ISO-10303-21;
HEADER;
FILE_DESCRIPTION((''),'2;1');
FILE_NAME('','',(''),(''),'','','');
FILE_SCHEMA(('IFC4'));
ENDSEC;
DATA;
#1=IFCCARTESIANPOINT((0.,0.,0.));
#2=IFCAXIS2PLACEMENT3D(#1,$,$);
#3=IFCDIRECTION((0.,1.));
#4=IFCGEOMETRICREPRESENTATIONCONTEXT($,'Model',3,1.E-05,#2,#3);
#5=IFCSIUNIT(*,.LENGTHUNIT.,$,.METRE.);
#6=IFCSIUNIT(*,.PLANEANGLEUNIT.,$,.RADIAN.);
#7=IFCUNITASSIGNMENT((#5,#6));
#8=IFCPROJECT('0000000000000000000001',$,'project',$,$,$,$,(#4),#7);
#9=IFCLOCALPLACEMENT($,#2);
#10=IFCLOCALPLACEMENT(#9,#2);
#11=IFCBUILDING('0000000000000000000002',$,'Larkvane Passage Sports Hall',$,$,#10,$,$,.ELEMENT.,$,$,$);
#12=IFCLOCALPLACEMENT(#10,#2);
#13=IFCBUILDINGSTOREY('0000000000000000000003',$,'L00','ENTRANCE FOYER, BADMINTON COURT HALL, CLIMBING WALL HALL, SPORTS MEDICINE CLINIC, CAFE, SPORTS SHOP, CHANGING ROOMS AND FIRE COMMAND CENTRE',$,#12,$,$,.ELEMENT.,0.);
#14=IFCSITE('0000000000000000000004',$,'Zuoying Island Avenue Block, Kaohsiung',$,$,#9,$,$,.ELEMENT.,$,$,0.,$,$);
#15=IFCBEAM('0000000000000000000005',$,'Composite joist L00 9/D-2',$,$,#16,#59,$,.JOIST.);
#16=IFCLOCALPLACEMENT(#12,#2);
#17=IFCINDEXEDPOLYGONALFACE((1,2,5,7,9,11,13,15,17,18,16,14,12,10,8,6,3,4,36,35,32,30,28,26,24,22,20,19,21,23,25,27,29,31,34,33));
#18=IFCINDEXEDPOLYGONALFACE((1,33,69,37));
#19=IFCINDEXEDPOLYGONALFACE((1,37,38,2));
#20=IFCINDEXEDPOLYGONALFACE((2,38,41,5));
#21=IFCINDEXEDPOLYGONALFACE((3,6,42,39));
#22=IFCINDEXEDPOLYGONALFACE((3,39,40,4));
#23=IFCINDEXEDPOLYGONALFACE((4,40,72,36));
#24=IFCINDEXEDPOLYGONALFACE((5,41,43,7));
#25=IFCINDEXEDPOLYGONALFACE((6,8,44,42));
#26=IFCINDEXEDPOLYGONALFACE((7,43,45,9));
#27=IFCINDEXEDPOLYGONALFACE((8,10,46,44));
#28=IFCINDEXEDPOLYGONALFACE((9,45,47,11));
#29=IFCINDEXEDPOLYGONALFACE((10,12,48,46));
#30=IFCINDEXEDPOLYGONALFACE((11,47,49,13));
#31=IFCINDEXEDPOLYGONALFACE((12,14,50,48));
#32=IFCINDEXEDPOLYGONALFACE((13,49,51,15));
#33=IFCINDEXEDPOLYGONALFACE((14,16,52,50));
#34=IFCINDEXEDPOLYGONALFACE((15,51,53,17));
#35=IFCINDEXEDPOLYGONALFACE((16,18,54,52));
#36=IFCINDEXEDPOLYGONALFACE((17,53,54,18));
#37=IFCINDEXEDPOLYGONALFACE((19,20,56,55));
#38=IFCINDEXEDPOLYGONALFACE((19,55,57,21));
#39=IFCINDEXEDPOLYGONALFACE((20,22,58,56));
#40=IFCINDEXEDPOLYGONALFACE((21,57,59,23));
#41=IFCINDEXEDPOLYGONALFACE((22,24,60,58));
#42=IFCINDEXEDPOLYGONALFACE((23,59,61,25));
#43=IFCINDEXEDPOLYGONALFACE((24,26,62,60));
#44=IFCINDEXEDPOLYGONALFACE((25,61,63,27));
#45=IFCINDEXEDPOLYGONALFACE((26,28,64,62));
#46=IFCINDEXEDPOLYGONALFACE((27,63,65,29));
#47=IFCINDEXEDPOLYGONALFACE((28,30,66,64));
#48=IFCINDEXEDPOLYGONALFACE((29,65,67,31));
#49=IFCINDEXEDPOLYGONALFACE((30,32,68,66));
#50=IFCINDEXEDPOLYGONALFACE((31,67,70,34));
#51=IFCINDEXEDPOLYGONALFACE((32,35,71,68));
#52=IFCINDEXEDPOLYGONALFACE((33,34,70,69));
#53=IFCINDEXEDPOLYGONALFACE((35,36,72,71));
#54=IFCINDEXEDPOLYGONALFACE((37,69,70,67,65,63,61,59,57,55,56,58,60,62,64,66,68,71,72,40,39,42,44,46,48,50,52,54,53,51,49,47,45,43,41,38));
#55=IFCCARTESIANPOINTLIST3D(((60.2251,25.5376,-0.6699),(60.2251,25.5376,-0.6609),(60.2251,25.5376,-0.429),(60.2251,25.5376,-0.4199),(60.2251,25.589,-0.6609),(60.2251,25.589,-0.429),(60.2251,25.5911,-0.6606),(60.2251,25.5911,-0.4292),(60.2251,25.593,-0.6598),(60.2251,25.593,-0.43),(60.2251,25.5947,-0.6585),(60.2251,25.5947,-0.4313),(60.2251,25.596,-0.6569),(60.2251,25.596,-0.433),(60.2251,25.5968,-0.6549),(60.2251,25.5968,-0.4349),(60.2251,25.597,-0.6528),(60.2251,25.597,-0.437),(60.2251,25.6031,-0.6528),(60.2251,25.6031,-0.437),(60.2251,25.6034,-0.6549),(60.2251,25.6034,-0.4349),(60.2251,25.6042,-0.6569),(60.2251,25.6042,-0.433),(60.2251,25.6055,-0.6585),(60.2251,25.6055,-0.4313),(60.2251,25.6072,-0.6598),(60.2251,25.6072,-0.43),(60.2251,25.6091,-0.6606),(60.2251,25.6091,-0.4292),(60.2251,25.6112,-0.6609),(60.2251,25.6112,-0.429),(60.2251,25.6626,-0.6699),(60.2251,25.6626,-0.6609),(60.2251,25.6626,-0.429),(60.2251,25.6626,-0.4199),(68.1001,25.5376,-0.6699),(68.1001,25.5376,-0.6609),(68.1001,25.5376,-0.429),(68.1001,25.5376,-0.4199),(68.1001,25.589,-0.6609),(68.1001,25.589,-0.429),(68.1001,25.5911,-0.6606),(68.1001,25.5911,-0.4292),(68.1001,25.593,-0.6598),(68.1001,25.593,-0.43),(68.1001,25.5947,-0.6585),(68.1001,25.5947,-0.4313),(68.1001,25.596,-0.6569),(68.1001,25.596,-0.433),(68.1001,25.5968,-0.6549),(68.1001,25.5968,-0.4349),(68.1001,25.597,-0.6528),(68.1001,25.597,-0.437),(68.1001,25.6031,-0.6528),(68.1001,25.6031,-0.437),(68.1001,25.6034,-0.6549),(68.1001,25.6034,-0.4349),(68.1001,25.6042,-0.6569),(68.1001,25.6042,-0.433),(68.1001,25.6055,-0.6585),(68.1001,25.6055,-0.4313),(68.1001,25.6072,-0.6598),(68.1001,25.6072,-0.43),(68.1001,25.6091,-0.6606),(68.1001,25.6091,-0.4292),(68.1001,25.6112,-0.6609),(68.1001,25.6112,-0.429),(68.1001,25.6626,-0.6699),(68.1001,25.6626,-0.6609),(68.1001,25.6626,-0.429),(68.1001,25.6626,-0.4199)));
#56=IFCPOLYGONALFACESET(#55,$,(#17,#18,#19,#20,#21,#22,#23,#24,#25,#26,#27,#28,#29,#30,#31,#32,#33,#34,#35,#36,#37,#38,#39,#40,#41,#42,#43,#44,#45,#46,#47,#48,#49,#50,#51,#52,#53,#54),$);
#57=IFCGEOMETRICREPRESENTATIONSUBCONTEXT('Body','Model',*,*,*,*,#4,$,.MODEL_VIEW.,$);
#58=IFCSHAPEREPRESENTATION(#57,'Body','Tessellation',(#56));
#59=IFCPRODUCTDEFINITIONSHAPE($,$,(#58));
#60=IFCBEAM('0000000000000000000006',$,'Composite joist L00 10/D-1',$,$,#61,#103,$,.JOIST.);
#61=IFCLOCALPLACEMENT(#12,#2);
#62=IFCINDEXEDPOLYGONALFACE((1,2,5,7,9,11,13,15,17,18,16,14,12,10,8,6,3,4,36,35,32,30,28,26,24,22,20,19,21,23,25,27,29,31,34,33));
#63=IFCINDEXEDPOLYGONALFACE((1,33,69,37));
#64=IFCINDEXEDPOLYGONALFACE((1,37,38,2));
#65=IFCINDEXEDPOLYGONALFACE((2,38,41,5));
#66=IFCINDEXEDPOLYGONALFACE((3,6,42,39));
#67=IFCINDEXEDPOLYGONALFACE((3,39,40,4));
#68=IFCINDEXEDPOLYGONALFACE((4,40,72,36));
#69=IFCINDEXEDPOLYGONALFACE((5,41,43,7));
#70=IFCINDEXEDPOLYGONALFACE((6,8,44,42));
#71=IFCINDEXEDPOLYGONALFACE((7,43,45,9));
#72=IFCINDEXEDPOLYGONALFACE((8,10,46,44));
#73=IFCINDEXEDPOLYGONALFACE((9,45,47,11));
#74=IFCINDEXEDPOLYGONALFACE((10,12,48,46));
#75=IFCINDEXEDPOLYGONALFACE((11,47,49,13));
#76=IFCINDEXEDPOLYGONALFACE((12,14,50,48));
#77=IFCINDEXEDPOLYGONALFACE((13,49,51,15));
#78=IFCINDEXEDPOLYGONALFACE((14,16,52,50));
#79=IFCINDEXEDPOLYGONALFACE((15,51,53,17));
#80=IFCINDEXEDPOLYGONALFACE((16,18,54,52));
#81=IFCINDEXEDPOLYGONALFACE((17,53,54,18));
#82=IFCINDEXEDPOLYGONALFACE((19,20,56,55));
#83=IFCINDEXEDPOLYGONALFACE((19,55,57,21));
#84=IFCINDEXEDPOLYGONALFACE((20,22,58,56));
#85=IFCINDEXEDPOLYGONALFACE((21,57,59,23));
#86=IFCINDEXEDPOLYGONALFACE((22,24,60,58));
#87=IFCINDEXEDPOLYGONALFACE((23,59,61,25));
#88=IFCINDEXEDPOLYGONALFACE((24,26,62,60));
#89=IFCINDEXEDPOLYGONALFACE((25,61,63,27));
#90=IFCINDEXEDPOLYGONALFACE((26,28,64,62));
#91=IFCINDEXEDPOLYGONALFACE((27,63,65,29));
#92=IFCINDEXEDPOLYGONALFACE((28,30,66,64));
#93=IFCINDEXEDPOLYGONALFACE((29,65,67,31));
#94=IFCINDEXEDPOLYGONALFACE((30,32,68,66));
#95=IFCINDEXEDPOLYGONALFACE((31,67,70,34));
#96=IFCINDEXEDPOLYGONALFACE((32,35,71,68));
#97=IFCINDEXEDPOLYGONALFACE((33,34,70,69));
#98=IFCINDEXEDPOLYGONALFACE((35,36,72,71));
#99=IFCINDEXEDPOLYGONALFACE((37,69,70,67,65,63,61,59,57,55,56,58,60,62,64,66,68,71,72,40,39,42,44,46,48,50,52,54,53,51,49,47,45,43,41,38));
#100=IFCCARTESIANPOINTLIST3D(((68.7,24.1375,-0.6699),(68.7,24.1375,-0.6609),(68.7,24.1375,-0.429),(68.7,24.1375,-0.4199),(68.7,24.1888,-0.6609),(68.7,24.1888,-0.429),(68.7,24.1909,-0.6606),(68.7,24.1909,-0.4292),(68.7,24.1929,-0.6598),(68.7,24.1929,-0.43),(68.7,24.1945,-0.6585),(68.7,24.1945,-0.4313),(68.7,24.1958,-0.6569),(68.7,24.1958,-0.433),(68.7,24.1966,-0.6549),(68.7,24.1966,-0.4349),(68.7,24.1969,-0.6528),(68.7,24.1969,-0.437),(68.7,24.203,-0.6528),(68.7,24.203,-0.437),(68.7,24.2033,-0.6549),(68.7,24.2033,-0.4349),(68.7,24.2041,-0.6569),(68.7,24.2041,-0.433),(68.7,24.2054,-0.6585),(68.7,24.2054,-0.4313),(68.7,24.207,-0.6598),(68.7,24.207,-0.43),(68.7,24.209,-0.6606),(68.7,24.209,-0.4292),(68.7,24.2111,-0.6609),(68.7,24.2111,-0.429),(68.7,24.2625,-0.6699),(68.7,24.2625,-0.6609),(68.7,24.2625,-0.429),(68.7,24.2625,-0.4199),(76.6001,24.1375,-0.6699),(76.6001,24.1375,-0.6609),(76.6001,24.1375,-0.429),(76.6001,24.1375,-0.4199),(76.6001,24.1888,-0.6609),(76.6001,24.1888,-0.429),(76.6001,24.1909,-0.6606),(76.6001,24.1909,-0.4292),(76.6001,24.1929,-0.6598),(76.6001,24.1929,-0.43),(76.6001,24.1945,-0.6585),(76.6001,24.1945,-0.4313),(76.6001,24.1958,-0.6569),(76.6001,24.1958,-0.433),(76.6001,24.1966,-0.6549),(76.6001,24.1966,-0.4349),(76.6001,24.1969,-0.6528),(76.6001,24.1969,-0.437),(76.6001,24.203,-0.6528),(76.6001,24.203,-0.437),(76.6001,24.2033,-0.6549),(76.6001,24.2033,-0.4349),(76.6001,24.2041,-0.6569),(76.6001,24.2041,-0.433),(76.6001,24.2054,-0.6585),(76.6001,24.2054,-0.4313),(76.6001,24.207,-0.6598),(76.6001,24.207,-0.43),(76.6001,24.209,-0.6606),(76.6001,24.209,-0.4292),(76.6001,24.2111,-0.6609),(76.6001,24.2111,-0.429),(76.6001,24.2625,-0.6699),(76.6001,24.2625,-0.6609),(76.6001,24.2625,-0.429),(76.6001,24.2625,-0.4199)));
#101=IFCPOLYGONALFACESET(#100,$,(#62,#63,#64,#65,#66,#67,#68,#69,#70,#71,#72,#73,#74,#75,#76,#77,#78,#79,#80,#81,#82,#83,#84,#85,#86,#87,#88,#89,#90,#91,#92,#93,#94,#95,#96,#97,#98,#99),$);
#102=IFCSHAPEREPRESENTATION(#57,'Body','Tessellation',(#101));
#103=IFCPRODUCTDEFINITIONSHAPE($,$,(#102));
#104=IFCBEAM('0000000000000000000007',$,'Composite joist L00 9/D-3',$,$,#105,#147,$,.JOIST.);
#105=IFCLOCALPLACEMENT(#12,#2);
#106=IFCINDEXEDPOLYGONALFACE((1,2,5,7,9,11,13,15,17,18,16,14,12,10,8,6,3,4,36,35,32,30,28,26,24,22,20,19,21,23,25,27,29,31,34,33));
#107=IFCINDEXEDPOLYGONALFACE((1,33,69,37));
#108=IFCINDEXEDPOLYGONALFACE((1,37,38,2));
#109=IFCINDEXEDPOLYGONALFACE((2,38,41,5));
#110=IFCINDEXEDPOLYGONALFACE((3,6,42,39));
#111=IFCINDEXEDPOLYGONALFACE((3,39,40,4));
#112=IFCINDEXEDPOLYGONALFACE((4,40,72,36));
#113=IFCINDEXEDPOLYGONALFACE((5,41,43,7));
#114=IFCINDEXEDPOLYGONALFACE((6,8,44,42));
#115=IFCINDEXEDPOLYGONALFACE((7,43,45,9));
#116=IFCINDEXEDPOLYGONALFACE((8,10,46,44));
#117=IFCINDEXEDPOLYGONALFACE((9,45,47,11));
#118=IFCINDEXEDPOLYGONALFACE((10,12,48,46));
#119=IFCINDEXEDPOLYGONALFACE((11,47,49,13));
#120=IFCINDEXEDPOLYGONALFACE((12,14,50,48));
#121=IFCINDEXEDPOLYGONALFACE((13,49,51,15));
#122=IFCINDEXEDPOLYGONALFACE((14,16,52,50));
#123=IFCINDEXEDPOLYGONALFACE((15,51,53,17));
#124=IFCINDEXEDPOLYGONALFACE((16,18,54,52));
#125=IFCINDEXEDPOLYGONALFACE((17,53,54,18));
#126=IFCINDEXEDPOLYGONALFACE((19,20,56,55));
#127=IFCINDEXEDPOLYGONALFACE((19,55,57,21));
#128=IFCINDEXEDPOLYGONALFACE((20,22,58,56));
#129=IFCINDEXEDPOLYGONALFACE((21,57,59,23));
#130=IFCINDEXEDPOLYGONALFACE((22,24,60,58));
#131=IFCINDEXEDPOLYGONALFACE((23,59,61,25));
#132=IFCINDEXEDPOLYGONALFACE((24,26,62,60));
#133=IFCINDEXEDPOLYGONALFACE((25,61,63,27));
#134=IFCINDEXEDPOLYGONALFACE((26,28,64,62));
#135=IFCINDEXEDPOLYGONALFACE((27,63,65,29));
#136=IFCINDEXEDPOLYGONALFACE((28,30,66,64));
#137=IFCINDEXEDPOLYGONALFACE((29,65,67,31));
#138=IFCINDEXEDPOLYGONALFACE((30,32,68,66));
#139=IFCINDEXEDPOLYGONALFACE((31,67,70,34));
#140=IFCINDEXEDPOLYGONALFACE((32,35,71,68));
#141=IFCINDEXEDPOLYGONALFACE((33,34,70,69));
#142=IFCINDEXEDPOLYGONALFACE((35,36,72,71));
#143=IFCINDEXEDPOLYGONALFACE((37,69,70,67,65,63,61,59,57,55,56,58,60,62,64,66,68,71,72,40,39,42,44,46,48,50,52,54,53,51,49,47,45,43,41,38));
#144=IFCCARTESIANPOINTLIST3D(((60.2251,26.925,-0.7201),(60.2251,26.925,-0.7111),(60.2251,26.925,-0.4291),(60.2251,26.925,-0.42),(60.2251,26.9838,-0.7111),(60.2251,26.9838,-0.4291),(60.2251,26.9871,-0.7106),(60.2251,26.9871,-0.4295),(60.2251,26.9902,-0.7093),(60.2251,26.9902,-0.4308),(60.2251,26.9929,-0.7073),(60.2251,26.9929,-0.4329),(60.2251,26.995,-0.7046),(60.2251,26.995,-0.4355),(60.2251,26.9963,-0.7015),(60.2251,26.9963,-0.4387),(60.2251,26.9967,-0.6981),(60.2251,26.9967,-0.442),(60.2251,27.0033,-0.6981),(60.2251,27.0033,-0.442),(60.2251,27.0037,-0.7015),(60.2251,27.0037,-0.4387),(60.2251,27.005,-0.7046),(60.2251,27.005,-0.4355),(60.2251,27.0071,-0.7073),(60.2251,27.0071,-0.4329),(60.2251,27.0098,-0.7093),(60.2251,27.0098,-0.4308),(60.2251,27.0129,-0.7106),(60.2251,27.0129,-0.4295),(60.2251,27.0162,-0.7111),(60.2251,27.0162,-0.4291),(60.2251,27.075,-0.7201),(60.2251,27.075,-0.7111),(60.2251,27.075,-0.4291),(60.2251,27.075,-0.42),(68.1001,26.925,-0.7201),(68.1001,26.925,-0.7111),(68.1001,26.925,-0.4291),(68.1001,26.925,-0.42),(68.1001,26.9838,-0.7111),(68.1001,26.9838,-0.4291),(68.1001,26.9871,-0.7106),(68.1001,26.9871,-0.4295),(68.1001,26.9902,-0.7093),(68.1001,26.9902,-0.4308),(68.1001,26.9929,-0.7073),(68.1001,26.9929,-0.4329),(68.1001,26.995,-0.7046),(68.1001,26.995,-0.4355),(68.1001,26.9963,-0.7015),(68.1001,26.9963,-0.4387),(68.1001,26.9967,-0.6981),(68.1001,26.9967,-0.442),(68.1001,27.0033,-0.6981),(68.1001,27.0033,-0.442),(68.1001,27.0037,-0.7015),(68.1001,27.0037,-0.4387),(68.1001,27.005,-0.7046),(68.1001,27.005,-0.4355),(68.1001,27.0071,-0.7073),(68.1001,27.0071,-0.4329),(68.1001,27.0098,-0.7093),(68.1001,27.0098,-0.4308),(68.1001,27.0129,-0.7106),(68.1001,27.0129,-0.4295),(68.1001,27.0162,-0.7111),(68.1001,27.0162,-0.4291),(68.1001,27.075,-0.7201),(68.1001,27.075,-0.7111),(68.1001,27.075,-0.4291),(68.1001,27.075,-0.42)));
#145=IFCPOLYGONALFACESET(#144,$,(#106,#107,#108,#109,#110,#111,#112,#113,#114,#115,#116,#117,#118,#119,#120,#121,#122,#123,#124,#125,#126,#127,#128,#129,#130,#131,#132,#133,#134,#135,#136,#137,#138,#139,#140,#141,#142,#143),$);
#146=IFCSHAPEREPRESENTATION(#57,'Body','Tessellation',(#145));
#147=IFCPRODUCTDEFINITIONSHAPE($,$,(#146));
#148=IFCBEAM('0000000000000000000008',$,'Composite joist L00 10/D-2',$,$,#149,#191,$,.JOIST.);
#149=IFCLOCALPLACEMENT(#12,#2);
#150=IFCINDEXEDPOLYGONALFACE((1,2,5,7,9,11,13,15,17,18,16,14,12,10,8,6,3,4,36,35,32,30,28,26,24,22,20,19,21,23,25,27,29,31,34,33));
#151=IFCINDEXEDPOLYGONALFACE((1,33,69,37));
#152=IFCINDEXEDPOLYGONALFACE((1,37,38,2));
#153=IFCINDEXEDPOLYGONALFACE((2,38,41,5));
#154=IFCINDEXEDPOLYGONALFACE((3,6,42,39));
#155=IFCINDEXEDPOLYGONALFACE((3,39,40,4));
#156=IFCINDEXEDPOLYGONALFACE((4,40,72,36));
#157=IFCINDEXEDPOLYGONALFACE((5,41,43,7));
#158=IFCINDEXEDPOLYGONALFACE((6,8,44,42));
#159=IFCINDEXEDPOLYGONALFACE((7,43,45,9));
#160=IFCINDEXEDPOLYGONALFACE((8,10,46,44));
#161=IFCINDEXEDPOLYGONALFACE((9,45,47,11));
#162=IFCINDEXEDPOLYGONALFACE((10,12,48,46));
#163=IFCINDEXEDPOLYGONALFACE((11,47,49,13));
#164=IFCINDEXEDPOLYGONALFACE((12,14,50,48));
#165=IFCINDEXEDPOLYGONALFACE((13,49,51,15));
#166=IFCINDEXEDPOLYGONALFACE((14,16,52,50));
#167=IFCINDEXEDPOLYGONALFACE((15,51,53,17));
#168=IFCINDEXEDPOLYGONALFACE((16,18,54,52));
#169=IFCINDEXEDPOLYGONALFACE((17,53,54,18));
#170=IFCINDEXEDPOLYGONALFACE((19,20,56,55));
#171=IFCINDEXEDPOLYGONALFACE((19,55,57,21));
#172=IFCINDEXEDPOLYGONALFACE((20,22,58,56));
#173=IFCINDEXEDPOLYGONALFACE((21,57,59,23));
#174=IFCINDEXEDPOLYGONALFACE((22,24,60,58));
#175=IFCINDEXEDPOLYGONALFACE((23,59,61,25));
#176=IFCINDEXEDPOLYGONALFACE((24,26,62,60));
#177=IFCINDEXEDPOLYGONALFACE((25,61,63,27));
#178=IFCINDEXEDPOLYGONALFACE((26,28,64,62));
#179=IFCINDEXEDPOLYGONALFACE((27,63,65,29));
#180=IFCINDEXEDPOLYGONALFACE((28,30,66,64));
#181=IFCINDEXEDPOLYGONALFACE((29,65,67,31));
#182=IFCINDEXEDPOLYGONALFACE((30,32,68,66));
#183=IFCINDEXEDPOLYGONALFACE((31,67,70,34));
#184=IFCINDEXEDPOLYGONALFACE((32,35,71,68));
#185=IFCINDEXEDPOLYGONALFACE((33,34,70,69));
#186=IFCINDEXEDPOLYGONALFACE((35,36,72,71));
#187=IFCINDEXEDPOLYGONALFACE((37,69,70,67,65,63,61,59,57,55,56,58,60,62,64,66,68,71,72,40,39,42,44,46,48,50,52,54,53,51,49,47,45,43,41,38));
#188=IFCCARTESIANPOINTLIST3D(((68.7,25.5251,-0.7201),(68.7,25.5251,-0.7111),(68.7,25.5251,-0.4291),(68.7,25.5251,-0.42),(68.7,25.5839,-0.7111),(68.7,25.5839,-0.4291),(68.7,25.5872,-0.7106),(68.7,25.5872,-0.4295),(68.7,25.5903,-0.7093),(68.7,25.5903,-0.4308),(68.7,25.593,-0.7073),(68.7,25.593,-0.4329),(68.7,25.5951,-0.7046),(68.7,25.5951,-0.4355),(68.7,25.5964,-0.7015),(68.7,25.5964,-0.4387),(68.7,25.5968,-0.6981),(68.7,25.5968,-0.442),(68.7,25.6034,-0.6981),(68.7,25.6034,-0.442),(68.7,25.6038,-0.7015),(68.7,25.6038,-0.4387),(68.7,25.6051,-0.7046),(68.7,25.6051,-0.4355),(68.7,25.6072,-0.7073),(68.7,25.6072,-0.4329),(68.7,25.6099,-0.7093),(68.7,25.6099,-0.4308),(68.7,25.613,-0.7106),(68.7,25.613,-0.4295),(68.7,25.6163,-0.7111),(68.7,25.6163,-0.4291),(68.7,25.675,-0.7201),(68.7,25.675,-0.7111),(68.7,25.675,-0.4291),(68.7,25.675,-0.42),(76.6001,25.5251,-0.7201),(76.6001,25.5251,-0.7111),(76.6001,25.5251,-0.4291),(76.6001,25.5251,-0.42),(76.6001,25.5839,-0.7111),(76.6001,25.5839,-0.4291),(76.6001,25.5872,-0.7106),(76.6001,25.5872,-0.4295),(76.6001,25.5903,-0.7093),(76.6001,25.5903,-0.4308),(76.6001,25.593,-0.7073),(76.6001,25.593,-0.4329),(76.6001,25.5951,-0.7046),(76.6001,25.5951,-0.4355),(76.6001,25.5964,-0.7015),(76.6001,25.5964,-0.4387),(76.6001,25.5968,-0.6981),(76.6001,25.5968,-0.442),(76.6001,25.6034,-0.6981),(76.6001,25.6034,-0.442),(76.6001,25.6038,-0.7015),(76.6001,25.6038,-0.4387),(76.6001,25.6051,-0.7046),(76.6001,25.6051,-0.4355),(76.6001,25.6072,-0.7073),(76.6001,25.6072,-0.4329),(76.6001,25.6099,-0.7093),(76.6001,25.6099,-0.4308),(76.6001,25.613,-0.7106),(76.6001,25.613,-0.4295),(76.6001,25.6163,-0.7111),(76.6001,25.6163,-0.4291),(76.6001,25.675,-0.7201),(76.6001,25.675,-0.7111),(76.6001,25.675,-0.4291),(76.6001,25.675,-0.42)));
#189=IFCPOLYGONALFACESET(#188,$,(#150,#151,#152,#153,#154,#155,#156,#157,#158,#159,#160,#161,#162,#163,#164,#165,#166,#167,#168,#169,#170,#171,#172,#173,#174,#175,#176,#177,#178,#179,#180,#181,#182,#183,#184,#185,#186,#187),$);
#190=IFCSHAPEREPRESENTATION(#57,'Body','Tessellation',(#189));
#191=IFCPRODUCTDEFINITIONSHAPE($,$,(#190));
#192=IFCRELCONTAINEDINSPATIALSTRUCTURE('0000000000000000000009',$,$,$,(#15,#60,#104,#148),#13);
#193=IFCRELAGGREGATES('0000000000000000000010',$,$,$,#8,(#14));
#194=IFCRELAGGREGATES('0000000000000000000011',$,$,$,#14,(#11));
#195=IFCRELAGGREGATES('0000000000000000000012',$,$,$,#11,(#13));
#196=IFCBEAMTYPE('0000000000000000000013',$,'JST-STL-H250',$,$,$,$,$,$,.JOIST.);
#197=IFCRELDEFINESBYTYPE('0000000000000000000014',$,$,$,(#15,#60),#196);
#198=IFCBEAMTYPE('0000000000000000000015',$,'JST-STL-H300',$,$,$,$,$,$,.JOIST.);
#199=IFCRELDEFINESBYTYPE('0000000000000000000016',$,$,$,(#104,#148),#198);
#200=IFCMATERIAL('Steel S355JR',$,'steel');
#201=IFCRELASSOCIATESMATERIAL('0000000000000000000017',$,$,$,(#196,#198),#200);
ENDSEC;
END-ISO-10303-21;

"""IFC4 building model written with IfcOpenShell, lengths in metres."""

from ifc_helpers import new_model, si_unit, direction, frame, origin, origin_2d, place, context, subcontext, project, spatial, i_section, extrude, material, material_profile, profile_set, type_object, element, save


model = new_model("IFC4")

# Units and contexts
model_context = context("Model", 3, precision=1e-05, world=origin(), true_north=direction((0.0, 1.0)))
body_context = subcontext(model_context, "Body", "Model", "MODEL_VIEW")
ifc_project = project(units=[si_unit("LENGTHUNIT", "METRE"), si_unit("PLANEANGLEUNIT", "RADIAN")], contexts=[model_context])

# Site, building, storey
site_placement = place(None, origin())
site = spatial("IfcSite", under=ifc_project, at=site_placement, Name="Zuoying Island Avenue Block, Kaohsiung", CompositionType="ELEMENT", RefElevation=0.0)
building_placement = place(site_placement, origin())
building = spatial("IfcBuilding", under=site, at=building_placement, Name="Larkvane Passage Sports Hall", CompositionType="ELEMENT")
storey_placement = place(building_placement, origin())
storey = spatial("IfcBuildingStorey", under=building, at=storey_placement, Name="L00", Description="ENTRANCE FOYER, BADMINTON COURT HALL, CLIMBING WALL HALL, SPORTS MEDICINE CLINIC, CAFE, SPORTS SHOP, CHANGING ROOMS AND FIRE COMMAND CENTRE", CompositionType="ELEMENT", Elevation=0.0)

# Shared definitions
ifc_material_1 = material(Name="Steel S355JR", Category="steel")

# Beams
ifc_material_profile_1 = material_profile(ifc_material_1, i_section(OverallWidth=0.125, OverallDepth=0.25, WebThickness=0.0061, FlangeThickness=0.009, FilletRadius=0.0081, at=origin_2d()), Name="H-250x125x6x9")
ifc_profile_set_1 = profile_set([ifc_material_profile_1], Name="Steel S355JR")
beam_type_1 = type_object("IfcBeamType", Name="JST-STL-H250", PredefinedType="JOIST", material=ifc_profile_set_1)
beam_1_placement = place(storey_placement, frame((60.2251, 25.6001, -0.5449), z_axis=(1.0, 0.0, 0.0), x_axis=(0.0, 1.0, 0.0)))
element("IfcBeam", 1, at=beam_1_placement, inside=storey, type_object=beam_type_1, Name="Composite joist L00 9/D-2", PredefinedType="JOIST", context=body_context, shape_type="SweptSolid", body=[
    extrude(i_section(OverallWidth=0.125, OverallDepth=0.25, WebThickness=0.0061, FlangeThickness=0.009, FilletRadius=0.0081, at=origin_2d()), origin(), (0.0, 0.0, 1.0), 7.875),
])
beam_2_placement = place(storey_placement, frame((68.7, 24.2, -0.5449), z_axis=(1.0, 0.0, 0.0), x_axis=(0.0, 1.0, 0.0)))
element("IfcBeam", 2, at=beam_2_placement, inside=storey, type_object=beam_type_1, Name="Composite joist L00 10/D-1", PredefinedType="JOIST", context=body_context, shape_type="SweptSolid", body=[
    extrude(i_section(OverallWidth=0.125, OverallDepth=0.25, WebThickness=0.0061, FlangeThickness=0.009, FilletRadius=0.0081, at=origin_2d()), origin(), (0.0, 0.0, 1.0), 7.9001),
])
ifc_material_profile_2 = material_profile(ifc_material_1, i_section(OverallWidth=0.1499, OverallDepth=0.3, WebThickness=0.0066, FlangeThickness=0.009, FilletRadius=0.0129, at=origin_2d()), Name="H-300x150x6.5x9")
ifc_profile_set_2 = profile_set([ifc_material_profile_2], Name="Steel S355JR")
beam_type_2 = type_object("IfcBeamType", Name="JST-STL-H300", PredefinedType="JOIST", material=ifc_profile_set_2)
beam_3_placement = place(storey_placement, frame((60.2251, 27.0, -0.5701), z_axis=(1.0, 0.0, 0.0), x_axis=(0.0, 1.0, 0.0)))
element("IfcBeam", 3, at=beam_3_placement, inside=storey, type_object=beam_type_2, Name="Composite joist L00 9/D-3", PredefinedType="JOIST", context=body_context, shape_type="SweptSolid", body=[
    extrude(i_section(OverallWidth=0.1499, OverallDepth=0.3, WebThickness=0.0066, FlangeThickness=0.009, FilletRadius=0.0129, at=origin_2d()), origin(), (0.0, 0.0, 1.0), 7.875),
])
beam_4_placement = place(storey_placement, frame((68.7, 25.6001, -0.5701), z_axis=(1.0, 0.0, 0.0), x_axis=(0.0, 1.0, 0.0)))
element("IfcBeam", 4, at=beam_4_placement, inside=storey, type_object=beam_type_2, Name="Composite joist L00 10/D-2", PredefinedType="JOIST", context=body_context, shape_type="SweptSolid", body=[
    extrude(i_section(OverallWidth=0.1499, OverallDepth=0.3, WebThickness=0.0066, FlangeThickness=0.009, FilletRadius=0.0129, at=origin_2d()), origin(), (0.0, 0.0, 1.0), 7.9001),
])

save(model, "model.ifc")
